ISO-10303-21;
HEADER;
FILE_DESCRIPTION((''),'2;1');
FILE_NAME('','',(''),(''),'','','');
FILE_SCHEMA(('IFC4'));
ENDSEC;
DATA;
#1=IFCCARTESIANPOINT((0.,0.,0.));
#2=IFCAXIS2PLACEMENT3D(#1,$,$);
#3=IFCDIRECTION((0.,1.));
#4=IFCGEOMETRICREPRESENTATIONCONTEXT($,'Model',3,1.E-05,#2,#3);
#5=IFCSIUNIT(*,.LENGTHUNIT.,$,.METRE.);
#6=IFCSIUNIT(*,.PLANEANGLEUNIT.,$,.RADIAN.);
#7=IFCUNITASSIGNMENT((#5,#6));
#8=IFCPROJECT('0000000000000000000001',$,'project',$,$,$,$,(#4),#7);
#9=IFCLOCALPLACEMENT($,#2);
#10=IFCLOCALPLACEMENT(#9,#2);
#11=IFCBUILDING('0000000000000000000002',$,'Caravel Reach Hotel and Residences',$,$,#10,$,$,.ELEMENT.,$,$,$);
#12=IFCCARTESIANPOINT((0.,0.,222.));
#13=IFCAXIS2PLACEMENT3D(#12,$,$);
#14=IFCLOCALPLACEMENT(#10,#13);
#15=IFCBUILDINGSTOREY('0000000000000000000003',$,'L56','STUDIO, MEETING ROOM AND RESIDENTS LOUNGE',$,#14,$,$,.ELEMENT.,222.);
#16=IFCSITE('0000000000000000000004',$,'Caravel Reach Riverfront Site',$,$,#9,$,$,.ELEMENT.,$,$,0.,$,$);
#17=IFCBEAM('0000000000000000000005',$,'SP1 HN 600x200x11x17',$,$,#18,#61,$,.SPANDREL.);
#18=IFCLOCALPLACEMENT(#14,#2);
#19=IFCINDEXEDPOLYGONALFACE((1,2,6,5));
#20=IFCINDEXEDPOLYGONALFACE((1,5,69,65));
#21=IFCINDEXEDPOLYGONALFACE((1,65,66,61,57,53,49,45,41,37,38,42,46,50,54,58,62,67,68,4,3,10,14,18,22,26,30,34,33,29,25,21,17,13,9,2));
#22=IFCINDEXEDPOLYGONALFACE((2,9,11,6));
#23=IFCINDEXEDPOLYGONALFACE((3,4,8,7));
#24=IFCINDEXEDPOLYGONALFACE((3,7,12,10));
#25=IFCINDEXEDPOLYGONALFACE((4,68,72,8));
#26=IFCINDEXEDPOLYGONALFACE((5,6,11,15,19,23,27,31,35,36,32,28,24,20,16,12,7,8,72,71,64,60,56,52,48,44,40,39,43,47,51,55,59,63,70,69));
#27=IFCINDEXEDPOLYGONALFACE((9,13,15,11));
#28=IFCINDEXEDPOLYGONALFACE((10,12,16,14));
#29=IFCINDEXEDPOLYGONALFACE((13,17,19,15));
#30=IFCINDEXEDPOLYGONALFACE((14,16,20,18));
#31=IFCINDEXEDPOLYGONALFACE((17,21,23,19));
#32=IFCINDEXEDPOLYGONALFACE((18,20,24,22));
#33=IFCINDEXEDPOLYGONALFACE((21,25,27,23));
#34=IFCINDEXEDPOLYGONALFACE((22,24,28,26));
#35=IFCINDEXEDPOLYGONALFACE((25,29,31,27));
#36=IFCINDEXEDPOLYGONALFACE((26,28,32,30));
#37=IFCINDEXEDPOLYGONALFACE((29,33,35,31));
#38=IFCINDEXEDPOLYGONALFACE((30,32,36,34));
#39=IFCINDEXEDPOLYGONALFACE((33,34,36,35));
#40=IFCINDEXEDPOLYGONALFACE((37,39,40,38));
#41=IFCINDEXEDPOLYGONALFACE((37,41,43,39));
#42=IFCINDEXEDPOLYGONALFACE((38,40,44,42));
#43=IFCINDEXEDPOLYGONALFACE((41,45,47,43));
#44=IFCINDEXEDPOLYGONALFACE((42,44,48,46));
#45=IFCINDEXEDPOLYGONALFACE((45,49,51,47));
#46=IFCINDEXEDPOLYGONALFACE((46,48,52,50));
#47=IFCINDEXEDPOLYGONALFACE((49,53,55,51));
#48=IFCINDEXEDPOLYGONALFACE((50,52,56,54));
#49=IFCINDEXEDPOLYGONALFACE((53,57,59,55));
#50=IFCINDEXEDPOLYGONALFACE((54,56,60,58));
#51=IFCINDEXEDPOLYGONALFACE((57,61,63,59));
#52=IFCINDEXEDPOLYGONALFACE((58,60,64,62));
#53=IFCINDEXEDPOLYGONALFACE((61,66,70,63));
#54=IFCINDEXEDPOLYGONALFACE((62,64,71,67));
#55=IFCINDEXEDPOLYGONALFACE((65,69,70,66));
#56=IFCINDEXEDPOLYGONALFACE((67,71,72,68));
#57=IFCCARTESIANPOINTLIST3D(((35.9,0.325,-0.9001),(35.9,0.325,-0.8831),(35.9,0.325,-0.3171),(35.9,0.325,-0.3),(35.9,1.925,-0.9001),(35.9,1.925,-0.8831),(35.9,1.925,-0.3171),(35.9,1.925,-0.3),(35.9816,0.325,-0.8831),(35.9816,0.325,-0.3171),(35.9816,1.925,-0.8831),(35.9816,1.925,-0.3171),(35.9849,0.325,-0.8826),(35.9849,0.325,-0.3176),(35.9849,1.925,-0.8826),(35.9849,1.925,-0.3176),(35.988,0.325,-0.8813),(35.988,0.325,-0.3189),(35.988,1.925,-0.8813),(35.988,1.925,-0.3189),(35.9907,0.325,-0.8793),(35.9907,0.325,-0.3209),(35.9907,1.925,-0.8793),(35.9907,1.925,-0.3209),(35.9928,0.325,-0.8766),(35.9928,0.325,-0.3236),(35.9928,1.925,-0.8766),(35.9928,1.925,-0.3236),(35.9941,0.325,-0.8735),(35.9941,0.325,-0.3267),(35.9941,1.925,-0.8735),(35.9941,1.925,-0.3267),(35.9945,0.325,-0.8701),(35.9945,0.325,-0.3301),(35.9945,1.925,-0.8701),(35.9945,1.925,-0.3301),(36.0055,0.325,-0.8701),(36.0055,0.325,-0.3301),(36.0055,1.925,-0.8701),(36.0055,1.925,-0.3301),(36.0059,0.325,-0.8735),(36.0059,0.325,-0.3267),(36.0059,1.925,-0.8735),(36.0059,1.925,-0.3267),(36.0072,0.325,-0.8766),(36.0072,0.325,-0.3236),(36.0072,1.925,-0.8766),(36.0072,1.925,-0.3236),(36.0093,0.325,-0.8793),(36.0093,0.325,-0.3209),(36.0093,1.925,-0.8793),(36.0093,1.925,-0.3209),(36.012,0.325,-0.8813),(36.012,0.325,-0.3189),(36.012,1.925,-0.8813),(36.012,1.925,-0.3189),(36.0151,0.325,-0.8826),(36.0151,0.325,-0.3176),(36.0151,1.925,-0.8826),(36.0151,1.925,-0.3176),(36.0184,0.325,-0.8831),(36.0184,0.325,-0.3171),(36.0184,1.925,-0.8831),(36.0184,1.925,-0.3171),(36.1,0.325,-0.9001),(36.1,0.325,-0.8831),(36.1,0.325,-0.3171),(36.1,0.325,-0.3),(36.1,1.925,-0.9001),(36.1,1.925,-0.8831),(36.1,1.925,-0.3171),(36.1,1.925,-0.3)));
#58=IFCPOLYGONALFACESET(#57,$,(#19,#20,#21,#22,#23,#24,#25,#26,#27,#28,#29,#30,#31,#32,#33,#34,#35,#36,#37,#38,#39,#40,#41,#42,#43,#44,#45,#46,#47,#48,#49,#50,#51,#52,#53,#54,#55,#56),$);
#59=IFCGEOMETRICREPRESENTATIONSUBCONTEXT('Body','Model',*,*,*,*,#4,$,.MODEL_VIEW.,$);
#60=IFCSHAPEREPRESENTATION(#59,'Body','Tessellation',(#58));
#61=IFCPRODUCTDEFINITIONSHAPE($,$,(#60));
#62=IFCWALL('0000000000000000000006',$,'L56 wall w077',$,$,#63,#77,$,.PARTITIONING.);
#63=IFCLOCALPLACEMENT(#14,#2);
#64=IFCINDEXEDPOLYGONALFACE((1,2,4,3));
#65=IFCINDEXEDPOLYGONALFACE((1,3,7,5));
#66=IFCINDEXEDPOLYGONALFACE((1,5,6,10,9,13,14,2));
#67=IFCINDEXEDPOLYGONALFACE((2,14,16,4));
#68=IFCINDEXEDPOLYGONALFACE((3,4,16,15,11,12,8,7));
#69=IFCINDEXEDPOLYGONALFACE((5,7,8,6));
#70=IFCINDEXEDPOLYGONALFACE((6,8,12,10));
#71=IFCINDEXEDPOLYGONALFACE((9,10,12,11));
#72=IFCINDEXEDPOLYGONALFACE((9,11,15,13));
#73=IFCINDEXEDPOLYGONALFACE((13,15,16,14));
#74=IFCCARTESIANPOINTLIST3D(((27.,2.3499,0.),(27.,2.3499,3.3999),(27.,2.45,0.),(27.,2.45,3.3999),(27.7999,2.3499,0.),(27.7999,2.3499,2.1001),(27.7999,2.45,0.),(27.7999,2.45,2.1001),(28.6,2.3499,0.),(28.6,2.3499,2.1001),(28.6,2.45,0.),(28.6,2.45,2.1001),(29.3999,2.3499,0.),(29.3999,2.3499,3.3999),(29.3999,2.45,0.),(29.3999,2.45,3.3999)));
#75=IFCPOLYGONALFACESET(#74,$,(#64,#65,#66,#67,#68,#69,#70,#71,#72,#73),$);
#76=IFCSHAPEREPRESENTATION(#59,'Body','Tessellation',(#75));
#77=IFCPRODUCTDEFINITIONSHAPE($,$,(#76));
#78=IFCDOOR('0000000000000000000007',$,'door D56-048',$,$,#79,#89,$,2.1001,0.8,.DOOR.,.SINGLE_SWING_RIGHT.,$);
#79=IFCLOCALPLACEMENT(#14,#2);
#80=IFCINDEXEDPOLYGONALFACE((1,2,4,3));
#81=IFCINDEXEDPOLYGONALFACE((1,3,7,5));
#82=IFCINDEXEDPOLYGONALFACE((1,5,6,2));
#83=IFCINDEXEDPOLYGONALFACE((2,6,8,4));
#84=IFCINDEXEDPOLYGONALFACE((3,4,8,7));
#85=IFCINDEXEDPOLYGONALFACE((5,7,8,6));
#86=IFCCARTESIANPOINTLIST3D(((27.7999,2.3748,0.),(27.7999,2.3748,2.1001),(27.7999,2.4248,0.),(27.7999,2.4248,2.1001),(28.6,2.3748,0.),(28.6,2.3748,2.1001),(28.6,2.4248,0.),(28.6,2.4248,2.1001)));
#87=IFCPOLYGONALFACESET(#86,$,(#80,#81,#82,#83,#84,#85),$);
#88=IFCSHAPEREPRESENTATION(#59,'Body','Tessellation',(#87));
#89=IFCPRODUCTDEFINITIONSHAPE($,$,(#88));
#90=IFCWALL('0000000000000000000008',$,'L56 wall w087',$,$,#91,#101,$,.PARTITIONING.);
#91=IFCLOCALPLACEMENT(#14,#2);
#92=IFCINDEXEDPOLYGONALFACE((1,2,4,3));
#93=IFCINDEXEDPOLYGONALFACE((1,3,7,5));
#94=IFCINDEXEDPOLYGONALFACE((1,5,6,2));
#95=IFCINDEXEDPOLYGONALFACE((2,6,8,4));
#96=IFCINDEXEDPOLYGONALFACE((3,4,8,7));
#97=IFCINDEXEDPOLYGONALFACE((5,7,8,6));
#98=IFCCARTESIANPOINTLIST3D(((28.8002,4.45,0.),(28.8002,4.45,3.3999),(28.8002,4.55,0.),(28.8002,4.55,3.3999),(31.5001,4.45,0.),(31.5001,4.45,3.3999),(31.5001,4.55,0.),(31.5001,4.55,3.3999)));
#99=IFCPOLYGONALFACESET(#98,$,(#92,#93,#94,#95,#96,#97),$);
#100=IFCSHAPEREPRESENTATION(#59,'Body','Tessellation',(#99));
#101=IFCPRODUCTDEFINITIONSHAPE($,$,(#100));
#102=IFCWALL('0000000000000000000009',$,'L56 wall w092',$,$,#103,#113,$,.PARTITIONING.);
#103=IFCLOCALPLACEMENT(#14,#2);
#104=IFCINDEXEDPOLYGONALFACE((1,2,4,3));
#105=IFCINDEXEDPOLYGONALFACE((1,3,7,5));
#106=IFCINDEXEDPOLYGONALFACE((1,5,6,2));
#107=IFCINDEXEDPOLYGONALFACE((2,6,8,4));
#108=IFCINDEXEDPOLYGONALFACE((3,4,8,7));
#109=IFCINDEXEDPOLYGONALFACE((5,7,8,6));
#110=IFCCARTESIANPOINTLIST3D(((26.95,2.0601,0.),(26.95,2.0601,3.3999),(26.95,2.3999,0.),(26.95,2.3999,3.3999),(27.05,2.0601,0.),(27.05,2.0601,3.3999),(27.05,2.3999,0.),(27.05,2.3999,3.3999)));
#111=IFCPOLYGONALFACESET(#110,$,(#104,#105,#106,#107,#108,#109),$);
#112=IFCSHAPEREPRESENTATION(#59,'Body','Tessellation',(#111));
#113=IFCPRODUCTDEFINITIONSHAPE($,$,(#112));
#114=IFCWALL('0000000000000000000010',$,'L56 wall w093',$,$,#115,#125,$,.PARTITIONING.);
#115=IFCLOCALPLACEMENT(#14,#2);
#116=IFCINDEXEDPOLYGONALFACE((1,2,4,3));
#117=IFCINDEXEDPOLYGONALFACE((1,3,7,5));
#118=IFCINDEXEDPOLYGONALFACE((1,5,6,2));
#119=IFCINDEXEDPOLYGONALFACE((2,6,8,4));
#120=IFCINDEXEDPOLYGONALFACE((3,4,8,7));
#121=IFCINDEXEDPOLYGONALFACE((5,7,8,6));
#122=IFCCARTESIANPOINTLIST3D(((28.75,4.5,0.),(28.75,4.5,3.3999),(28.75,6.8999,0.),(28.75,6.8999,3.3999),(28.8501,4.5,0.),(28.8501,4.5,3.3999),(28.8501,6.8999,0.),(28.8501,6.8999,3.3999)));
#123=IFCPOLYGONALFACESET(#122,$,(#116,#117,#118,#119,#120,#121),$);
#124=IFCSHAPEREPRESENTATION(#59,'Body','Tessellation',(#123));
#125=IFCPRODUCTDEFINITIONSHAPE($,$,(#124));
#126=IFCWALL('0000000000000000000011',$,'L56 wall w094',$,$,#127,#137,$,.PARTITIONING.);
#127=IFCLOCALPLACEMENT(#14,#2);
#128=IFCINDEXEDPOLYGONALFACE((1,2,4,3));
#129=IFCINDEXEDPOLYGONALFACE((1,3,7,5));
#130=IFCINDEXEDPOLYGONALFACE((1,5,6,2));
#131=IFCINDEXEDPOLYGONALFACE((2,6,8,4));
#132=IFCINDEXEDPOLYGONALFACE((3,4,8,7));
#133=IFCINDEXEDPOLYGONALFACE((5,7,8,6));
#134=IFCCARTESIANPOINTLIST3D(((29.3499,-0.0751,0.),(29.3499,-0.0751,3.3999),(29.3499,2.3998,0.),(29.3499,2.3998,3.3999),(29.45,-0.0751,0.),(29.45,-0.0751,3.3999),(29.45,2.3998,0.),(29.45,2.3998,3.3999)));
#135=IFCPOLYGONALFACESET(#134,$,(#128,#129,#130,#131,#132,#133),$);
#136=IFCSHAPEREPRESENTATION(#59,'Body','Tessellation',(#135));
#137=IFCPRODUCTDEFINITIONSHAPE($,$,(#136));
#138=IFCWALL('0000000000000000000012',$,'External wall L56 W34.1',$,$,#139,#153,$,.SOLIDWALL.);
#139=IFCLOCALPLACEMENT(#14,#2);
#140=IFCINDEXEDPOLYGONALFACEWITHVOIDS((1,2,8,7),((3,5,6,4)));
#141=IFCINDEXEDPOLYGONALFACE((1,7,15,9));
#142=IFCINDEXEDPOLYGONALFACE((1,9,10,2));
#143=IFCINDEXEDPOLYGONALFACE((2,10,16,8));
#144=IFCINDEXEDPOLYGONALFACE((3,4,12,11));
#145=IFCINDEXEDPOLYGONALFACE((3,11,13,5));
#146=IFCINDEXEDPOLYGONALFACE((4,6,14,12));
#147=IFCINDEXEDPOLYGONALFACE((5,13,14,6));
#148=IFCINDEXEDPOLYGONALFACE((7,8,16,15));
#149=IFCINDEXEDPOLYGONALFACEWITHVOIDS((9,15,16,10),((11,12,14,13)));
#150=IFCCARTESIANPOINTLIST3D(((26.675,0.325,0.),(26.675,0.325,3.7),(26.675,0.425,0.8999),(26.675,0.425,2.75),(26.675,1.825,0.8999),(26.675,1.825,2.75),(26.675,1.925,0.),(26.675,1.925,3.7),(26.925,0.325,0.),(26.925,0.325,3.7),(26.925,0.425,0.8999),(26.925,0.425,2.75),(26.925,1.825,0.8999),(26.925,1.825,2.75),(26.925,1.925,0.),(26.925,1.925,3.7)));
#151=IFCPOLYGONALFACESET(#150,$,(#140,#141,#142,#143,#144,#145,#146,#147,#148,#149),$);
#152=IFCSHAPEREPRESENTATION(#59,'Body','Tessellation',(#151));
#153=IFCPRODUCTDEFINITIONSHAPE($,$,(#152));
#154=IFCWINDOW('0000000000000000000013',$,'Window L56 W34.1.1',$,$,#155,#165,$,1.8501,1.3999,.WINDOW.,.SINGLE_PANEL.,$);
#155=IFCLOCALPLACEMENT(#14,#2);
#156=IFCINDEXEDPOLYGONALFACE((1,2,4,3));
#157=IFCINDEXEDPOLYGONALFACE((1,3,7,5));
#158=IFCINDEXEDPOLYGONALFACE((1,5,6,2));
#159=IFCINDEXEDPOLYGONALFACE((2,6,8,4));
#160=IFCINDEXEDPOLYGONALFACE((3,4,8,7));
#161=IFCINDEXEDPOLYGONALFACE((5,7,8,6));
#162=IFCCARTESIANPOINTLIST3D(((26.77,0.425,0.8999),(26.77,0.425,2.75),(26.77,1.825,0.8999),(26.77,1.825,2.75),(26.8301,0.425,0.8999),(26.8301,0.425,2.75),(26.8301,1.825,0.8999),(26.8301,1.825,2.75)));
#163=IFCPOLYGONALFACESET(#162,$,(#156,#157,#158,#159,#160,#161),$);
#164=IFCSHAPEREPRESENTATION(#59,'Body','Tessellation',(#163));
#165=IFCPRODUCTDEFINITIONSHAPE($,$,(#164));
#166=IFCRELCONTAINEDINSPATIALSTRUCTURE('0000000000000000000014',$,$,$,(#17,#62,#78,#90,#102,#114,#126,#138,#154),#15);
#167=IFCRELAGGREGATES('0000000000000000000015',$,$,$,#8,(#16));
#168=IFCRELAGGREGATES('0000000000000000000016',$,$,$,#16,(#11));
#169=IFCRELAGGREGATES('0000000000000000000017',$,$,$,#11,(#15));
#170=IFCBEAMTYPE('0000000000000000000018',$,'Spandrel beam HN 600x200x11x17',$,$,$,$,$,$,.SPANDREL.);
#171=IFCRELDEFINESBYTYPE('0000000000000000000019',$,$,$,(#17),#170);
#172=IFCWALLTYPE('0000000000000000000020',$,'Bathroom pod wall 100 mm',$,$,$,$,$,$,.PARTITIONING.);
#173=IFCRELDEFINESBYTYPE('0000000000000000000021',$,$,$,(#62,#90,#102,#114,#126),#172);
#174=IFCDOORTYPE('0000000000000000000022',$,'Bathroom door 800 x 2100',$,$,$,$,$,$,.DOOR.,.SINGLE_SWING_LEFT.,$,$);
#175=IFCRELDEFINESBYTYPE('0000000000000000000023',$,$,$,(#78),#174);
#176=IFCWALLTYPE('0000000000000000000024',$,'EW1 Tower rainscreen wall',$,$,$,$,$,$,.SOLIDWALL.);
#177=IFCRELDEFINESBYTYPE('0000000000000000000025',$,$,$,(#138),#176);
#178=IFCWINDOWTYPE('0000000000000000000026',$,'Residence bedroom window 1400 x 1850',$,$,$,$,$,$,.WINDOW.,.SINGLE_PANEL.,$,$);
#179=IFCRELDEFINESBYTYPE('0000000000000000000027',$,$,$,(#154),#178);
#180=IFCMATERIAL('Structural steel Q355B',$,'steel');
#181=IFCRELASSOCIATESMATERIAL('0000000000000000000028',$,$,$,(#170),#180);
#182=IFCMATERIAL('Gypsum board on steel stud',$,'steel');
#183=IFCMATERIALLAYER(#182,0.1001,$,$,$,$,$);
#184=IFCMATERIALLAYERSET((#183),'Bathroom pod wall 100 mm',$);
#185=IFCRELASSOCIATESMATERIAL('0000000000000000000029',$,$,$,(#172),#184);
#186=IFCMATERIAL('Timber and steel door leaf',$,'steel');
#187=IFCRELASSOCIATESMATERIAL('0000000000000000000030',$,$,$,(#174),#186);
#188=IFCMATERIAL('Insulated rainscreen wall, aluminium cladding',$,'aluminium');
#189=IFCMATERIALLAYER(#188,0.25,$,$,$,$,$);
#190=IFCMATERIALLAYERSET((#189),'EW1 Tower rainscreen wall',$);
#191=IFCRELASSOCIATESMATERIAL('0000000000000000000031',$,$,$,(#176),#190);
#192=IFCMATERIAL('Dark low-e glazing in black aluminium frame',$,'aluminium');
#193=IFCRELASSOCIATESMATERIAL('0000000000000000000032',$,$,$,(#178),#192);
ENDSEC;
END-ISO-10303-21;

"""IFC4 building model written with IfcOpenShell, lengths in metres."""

from ifc_helpers import new_model, si_unit, direction, frame, frame_2d, origin, origin_2d, place, context, subcontext, project, spatial, rectangle, i_section, extrude, material, layer, layer_set, material_profile, profile_set, type_object, element, fill, save


model = new_model("IFC4")

# Units and contexts
model_context = context("Model", 3, precision=1e-05, world=origin(), true_north=direction((0.0, 1.0)))
body_context = subcontext(model_context, "Body", "Model", "MODEL_VIEW")
ifc_project = project(units=[si_unit("LENGTHUNIT", "METRE"), si_unit("PLANEANGLEUNIT", "RADIAN")], contexts=[model_context])

# Site, building, storey
site_placement = place(None, origin())
site = spatial("IfcSite", under=ifc_project, at=site_placement, Name="Caravel Reach Riverfront Site", CompositionType="ELEMENT", RefElevation=0.0)
building_placement = place(site_placement, origin())
building = spatial("IfcBuilding", under=site, at=building_placement, Name="Caravel Reach Hotel and Residences", CompositionType="ELEMENT")
storey_placement = place(building_placement, frame((0.0, 0.0, 222.0)))
storey = spatial("IfcBuildingStorey", under=building, at=storey_placement, Name="L56", Description="STUDIO, MEETING ROOM AND RESIDENTS LOUNGE", CompositionType="ELEMENT", Elevation=222.0)

# Beam
ifc_material_1 = material(Name="Structural steel Q355B", Category="steel")
ifc_material_profile_1 = material_profile(ifc_material_1, i_section(OverallWidth=0.2, OverallDepth=0.6001, WebThickness=0.011, FlangeThickness=0.0171, FilletRadius=0.0129, at=origin_2d()), Name="HN 600x200x11x17")
ifc_profile_set_1 = profile_set([ifc_material_profile_1], Name="Structural steel Q355B")
beam_type = type_object("IfcBeamType", Name="Spandrel beam HN 600x200x11x17", PredefinedType="SPANDREL", material=ifc_profile_set_1)
beam_1_placement = place(storey_placement, frame((36.0, 0.325, -0.6001), z_axis=(0.0, 1.0, 0.0), x_axis=(-1.0, 0.0, 0.0)))
element("IfcBeam", 1, at=beam_1_placement, inside=storey, type_object=beam_type, Name="SP1 HN 600x200x11x17", PredefinedType="SPANDREL", context=body_context, shape_type="SweptSolid", body=[
    extrude(i_section(OverallWidth=0.2, OverallDepth=0.6001, WebThickness=0.011, FlangeThickness=0.0171, FilletRadius=0.0129, at=origin_2d()), origin(), (0.0, 0.0, 1.0), 1.6001),
])

# Wall, opening, door
ifc_material_2 = material(Name="Gypsum board on steel stud", Category="steel")
ifc_layer_1 = layer(ifc_material_2, 0.1001)
ifc_layer_set_1 = layer_set([ifc_layer_1], Name="Bathroom pod wall 100 mm")
wall_type_1 = type_object("IfcWallType", Name="Bathroom pod wall 100 mm", PredefinedType="PARTITIONING", material=ifc_layer_set_1)
wall_1_placement = place(storey_placement, frame((27.0, 2.3999, 0.0), z_axis=(0.0, 0.0, 1.0), x_axis=(1.0, 0.0, 0.0)))
wall_1 = element("IfcWall", 2, at=wall_1_placement, inside=storey, type_object=wall_type_1, Name="L56 wall w077", PredefinedType="PARTITIONING", context=body_context, shape_type="SweptSolid", body=[
    extrude(rectangle(XDim=2.3999, YDim=0.1001, at=frame_2d((1.2, 0.0))), origin(), (0.0, 0.0, 1.0), 3.3999),
])
opening_1_placement = place(wall_1_placement, frame((0.8, 0.0, 0.0)))
opening_1 = element("IfcOpeningElement", 3, at=opening_1_placement, cuts=wall_1, PredefinedType="OPENING", context=body_context, shape_type="SweptSolid", body=[
    extrude(rectangle(XDim=0.8, YDim=2.1001, at=frame_2d((0.3999, 1.05))), frame((0.0, 0.0601, 0.0), z_axis=(0.0, -1.0, 0.0), x_axis=(1.0, 0.0, 0.0)), (0.0, 0.0, 1.0), 0.1201),
])
ifc_material_3 = material(Name="Timber and steel door leaf", Category="steel")
door_type_1 = type_object("IfcDoorType", Name="Bathroom door 800 x 2100", OperationType="SINGLE_SWING_LEFT", PredefinedType="DOOR", material=ifc_material_3)
door_1_placement = place(opening_1_placement, origin())
door_1 = element("IfcDoor", 4, at=door_1_placement, inside=storey, type_object=door_type_1, Name="door D56-048", OperationType="SINGLE_SWING_RIGHT", OverallHeight=2.1001, OverallWidth=0.8, PredefinedType="DOOR", context=body_context, shape_type="SweptSolid", body=[
    extrude(rectangle(XDim=0.8, YDim=2.1001, at=frame_2d((0.3999, 1.05))), frame((0.0, 0.0249, 0.0), z_axis=(0.0, -1.0, 0.0), x_axis=(1.0, 0.0, 0.0)), (0.0, 0.0, 1.0), 0.05),
])
fill(opening_1, door_1)

# Walls
wall_2_placement = place(storey_placement, frame((28.8, 4.5, 0.0), z_axis=(0.0, 0.0, 1.0), x_axis=(1.0, 0.0, 0.0)))
element("IfcWall", 5, at=wall_2_placement, inside=storey, type_object=wall_type_1, Name="L56 wall w087", PredefinedType="PARTITIONING", context=body_context, shape_type="SweptSolid", body=[
    extrude(rectangle(XDim=2.7, YDim=0.1001, at=frame_2d((1.3501, 0.0))), origin(), (0.0, 0.0, 1.0), 3.3999),
])
wall_3_placement = place(storey_placement, frame((27.0, 2.0601, 0.0), z_axis=(0.0, 0.0, 1.0), x_axis=(0.0, 1.0, 0.0)))
element("IfcWall", 6, at=wall_3_placement, inside=storey, type_object=wall_type_1, Name="L56 wall w092", PredefinedType="PARTITIONING", context=body_context, shape_type="SweptSolid", body=[
    extrude(rectangle(XDim=0.3398, YDim=0.1001, at=frame_2d((0.1699, 0.0))), origin(), (0.0, 0.0, 1.0), 3.3999),
])
wall_4_placement = place(storey_placement, frame((28.8, 4.5, 0.0), z_axis=(0.0, 0.0, 1.0), x_axis=(0.0, 1.0, 0.0)))
element("IfcWall", 7, at=wall_4_placement, inside=storey, type_object=wall_type_1, Name="L56 wall w093", PredefinedType="PARTITIONING", context=body_context, shape_type="SweptSolid", body=[
    extrude(rectangle(XDim=2.3999, YDim=0.1001, at=frame_2d((1.2, 0.0))), origin(), (0.0, 0.0, 1.0), 3.3999),
])
wall_5_placement = place(storey_placement, frame((29.3999, -0.075, 0.0), z_axis=(0.0, 0.0, 1.0), x_axis=(0.0, 1.0, 0.0)))
element("IfcWall", 8, at=wall_5_placement, inside=storey, type_object=wall_type_1, Name="L56 wall w094", PredefinedType="PARTITIONING", context=body_context, shape_type="SweptSolid", body=[
    extrude(rectangle(XDim=2.4749, YDim=0.1001, at=frame_2d((1.2373, 0.0))), origin(), (0.0, 0.0, 1.0), 3.3999),
])

# Wall, opening, window
ifc_material_4 = material(Name="Insulated rainscreen wall, aluminium cladding", Category="aluminium")
ifc_layer_2 = layer(ifc_material_4, 0.25)
ifc_layer_set_2 = layer_set([ifc_layer_2], Name="EW1 Tower rainscreen wall")
wall_type_2 = type_object("IfcWallType", Name="EW1 Tower rainscreen wall", PredefinedType="SOLIDWALL", material=ifc_layer_set_2)
wall_6_placement = place(storey_placement, frame((26.8, 1.925, 0.0), z_axis=(0.0, 0.0, 1.0), x_axis=(0.0, -1.0, 0.0)))
wall_6 = element("IfcWall", 9, at=wall_6_placement, inside=storey, type_object=wall_type_2, Name="External wall L56 W34.1", PredefinedType="SOLIDWALL", context=body_context, shape_type="SweptSolid", body=[
    extrude(rectangle(XDim=1.6001, YDim=0.25, at=frame_2d((0.8, 0.0))), origin(), (0.0, 0.0, 1.0), 3.7),
])
opening_2_placement = place(wall_6_placement, frame((0.1001, 0.0, 0.8999)))
opening_2 = element("IfcOpeningElement", 10, at=opening_2_placement, cuts=wall_6, PredefinedType="OPENING", context=body_context, shape_type="SweptSolid", body=[
    extrude(rectangle(XDim=1.3999, YDim=1.8501, at=frame_2d((0.7, 0.925))), frame((0.0, 0.135, 0.0), z_axis=(0.0, -1.0, 0.0), x_axis=(1.0, 0.0, 0.0)), (0.0, 0.0, 1.0), 0.27),
])
ifc_material_5 = material(Name="Dark low-e glazing in black aluminium frame", Category="aluminium")
window_type_1 = type_object("IfcWindowType", Name="Residence bedroom window 1400 x 1850", PartitioningType="SINGLE_PANEL", PredefinedType="WINDOW", material=ifc_material_5)
window_1_placement = place(opening_2_placement, origin())
window_1 = element("IfcWindow", 11, at=window_1_placement, inside=storey, type_object=window_type_1, Name="Window L56 W34.1.1", OverallHeight=1.8501, OverallWidth=1.3999, PartitioningType="SINGLE_PANEL", PredefinedType="WINDOW", context=body_context, shape_type="SweptSolid", body=[
    extrude(rectangle(XDim=1.3999, YDim=1.8501, at=frame_2d((0.7, 0.925))), frame((0.0, 0.03, 0.0), z_axis=(0.0, -1.0, 0.0), x_axis=(1.0, 0.0, 0.0)), (0.0, 0.0, 1.0), 0.0601),
])
fill(opening_2, window_1)

save(model, "model.ifc")
